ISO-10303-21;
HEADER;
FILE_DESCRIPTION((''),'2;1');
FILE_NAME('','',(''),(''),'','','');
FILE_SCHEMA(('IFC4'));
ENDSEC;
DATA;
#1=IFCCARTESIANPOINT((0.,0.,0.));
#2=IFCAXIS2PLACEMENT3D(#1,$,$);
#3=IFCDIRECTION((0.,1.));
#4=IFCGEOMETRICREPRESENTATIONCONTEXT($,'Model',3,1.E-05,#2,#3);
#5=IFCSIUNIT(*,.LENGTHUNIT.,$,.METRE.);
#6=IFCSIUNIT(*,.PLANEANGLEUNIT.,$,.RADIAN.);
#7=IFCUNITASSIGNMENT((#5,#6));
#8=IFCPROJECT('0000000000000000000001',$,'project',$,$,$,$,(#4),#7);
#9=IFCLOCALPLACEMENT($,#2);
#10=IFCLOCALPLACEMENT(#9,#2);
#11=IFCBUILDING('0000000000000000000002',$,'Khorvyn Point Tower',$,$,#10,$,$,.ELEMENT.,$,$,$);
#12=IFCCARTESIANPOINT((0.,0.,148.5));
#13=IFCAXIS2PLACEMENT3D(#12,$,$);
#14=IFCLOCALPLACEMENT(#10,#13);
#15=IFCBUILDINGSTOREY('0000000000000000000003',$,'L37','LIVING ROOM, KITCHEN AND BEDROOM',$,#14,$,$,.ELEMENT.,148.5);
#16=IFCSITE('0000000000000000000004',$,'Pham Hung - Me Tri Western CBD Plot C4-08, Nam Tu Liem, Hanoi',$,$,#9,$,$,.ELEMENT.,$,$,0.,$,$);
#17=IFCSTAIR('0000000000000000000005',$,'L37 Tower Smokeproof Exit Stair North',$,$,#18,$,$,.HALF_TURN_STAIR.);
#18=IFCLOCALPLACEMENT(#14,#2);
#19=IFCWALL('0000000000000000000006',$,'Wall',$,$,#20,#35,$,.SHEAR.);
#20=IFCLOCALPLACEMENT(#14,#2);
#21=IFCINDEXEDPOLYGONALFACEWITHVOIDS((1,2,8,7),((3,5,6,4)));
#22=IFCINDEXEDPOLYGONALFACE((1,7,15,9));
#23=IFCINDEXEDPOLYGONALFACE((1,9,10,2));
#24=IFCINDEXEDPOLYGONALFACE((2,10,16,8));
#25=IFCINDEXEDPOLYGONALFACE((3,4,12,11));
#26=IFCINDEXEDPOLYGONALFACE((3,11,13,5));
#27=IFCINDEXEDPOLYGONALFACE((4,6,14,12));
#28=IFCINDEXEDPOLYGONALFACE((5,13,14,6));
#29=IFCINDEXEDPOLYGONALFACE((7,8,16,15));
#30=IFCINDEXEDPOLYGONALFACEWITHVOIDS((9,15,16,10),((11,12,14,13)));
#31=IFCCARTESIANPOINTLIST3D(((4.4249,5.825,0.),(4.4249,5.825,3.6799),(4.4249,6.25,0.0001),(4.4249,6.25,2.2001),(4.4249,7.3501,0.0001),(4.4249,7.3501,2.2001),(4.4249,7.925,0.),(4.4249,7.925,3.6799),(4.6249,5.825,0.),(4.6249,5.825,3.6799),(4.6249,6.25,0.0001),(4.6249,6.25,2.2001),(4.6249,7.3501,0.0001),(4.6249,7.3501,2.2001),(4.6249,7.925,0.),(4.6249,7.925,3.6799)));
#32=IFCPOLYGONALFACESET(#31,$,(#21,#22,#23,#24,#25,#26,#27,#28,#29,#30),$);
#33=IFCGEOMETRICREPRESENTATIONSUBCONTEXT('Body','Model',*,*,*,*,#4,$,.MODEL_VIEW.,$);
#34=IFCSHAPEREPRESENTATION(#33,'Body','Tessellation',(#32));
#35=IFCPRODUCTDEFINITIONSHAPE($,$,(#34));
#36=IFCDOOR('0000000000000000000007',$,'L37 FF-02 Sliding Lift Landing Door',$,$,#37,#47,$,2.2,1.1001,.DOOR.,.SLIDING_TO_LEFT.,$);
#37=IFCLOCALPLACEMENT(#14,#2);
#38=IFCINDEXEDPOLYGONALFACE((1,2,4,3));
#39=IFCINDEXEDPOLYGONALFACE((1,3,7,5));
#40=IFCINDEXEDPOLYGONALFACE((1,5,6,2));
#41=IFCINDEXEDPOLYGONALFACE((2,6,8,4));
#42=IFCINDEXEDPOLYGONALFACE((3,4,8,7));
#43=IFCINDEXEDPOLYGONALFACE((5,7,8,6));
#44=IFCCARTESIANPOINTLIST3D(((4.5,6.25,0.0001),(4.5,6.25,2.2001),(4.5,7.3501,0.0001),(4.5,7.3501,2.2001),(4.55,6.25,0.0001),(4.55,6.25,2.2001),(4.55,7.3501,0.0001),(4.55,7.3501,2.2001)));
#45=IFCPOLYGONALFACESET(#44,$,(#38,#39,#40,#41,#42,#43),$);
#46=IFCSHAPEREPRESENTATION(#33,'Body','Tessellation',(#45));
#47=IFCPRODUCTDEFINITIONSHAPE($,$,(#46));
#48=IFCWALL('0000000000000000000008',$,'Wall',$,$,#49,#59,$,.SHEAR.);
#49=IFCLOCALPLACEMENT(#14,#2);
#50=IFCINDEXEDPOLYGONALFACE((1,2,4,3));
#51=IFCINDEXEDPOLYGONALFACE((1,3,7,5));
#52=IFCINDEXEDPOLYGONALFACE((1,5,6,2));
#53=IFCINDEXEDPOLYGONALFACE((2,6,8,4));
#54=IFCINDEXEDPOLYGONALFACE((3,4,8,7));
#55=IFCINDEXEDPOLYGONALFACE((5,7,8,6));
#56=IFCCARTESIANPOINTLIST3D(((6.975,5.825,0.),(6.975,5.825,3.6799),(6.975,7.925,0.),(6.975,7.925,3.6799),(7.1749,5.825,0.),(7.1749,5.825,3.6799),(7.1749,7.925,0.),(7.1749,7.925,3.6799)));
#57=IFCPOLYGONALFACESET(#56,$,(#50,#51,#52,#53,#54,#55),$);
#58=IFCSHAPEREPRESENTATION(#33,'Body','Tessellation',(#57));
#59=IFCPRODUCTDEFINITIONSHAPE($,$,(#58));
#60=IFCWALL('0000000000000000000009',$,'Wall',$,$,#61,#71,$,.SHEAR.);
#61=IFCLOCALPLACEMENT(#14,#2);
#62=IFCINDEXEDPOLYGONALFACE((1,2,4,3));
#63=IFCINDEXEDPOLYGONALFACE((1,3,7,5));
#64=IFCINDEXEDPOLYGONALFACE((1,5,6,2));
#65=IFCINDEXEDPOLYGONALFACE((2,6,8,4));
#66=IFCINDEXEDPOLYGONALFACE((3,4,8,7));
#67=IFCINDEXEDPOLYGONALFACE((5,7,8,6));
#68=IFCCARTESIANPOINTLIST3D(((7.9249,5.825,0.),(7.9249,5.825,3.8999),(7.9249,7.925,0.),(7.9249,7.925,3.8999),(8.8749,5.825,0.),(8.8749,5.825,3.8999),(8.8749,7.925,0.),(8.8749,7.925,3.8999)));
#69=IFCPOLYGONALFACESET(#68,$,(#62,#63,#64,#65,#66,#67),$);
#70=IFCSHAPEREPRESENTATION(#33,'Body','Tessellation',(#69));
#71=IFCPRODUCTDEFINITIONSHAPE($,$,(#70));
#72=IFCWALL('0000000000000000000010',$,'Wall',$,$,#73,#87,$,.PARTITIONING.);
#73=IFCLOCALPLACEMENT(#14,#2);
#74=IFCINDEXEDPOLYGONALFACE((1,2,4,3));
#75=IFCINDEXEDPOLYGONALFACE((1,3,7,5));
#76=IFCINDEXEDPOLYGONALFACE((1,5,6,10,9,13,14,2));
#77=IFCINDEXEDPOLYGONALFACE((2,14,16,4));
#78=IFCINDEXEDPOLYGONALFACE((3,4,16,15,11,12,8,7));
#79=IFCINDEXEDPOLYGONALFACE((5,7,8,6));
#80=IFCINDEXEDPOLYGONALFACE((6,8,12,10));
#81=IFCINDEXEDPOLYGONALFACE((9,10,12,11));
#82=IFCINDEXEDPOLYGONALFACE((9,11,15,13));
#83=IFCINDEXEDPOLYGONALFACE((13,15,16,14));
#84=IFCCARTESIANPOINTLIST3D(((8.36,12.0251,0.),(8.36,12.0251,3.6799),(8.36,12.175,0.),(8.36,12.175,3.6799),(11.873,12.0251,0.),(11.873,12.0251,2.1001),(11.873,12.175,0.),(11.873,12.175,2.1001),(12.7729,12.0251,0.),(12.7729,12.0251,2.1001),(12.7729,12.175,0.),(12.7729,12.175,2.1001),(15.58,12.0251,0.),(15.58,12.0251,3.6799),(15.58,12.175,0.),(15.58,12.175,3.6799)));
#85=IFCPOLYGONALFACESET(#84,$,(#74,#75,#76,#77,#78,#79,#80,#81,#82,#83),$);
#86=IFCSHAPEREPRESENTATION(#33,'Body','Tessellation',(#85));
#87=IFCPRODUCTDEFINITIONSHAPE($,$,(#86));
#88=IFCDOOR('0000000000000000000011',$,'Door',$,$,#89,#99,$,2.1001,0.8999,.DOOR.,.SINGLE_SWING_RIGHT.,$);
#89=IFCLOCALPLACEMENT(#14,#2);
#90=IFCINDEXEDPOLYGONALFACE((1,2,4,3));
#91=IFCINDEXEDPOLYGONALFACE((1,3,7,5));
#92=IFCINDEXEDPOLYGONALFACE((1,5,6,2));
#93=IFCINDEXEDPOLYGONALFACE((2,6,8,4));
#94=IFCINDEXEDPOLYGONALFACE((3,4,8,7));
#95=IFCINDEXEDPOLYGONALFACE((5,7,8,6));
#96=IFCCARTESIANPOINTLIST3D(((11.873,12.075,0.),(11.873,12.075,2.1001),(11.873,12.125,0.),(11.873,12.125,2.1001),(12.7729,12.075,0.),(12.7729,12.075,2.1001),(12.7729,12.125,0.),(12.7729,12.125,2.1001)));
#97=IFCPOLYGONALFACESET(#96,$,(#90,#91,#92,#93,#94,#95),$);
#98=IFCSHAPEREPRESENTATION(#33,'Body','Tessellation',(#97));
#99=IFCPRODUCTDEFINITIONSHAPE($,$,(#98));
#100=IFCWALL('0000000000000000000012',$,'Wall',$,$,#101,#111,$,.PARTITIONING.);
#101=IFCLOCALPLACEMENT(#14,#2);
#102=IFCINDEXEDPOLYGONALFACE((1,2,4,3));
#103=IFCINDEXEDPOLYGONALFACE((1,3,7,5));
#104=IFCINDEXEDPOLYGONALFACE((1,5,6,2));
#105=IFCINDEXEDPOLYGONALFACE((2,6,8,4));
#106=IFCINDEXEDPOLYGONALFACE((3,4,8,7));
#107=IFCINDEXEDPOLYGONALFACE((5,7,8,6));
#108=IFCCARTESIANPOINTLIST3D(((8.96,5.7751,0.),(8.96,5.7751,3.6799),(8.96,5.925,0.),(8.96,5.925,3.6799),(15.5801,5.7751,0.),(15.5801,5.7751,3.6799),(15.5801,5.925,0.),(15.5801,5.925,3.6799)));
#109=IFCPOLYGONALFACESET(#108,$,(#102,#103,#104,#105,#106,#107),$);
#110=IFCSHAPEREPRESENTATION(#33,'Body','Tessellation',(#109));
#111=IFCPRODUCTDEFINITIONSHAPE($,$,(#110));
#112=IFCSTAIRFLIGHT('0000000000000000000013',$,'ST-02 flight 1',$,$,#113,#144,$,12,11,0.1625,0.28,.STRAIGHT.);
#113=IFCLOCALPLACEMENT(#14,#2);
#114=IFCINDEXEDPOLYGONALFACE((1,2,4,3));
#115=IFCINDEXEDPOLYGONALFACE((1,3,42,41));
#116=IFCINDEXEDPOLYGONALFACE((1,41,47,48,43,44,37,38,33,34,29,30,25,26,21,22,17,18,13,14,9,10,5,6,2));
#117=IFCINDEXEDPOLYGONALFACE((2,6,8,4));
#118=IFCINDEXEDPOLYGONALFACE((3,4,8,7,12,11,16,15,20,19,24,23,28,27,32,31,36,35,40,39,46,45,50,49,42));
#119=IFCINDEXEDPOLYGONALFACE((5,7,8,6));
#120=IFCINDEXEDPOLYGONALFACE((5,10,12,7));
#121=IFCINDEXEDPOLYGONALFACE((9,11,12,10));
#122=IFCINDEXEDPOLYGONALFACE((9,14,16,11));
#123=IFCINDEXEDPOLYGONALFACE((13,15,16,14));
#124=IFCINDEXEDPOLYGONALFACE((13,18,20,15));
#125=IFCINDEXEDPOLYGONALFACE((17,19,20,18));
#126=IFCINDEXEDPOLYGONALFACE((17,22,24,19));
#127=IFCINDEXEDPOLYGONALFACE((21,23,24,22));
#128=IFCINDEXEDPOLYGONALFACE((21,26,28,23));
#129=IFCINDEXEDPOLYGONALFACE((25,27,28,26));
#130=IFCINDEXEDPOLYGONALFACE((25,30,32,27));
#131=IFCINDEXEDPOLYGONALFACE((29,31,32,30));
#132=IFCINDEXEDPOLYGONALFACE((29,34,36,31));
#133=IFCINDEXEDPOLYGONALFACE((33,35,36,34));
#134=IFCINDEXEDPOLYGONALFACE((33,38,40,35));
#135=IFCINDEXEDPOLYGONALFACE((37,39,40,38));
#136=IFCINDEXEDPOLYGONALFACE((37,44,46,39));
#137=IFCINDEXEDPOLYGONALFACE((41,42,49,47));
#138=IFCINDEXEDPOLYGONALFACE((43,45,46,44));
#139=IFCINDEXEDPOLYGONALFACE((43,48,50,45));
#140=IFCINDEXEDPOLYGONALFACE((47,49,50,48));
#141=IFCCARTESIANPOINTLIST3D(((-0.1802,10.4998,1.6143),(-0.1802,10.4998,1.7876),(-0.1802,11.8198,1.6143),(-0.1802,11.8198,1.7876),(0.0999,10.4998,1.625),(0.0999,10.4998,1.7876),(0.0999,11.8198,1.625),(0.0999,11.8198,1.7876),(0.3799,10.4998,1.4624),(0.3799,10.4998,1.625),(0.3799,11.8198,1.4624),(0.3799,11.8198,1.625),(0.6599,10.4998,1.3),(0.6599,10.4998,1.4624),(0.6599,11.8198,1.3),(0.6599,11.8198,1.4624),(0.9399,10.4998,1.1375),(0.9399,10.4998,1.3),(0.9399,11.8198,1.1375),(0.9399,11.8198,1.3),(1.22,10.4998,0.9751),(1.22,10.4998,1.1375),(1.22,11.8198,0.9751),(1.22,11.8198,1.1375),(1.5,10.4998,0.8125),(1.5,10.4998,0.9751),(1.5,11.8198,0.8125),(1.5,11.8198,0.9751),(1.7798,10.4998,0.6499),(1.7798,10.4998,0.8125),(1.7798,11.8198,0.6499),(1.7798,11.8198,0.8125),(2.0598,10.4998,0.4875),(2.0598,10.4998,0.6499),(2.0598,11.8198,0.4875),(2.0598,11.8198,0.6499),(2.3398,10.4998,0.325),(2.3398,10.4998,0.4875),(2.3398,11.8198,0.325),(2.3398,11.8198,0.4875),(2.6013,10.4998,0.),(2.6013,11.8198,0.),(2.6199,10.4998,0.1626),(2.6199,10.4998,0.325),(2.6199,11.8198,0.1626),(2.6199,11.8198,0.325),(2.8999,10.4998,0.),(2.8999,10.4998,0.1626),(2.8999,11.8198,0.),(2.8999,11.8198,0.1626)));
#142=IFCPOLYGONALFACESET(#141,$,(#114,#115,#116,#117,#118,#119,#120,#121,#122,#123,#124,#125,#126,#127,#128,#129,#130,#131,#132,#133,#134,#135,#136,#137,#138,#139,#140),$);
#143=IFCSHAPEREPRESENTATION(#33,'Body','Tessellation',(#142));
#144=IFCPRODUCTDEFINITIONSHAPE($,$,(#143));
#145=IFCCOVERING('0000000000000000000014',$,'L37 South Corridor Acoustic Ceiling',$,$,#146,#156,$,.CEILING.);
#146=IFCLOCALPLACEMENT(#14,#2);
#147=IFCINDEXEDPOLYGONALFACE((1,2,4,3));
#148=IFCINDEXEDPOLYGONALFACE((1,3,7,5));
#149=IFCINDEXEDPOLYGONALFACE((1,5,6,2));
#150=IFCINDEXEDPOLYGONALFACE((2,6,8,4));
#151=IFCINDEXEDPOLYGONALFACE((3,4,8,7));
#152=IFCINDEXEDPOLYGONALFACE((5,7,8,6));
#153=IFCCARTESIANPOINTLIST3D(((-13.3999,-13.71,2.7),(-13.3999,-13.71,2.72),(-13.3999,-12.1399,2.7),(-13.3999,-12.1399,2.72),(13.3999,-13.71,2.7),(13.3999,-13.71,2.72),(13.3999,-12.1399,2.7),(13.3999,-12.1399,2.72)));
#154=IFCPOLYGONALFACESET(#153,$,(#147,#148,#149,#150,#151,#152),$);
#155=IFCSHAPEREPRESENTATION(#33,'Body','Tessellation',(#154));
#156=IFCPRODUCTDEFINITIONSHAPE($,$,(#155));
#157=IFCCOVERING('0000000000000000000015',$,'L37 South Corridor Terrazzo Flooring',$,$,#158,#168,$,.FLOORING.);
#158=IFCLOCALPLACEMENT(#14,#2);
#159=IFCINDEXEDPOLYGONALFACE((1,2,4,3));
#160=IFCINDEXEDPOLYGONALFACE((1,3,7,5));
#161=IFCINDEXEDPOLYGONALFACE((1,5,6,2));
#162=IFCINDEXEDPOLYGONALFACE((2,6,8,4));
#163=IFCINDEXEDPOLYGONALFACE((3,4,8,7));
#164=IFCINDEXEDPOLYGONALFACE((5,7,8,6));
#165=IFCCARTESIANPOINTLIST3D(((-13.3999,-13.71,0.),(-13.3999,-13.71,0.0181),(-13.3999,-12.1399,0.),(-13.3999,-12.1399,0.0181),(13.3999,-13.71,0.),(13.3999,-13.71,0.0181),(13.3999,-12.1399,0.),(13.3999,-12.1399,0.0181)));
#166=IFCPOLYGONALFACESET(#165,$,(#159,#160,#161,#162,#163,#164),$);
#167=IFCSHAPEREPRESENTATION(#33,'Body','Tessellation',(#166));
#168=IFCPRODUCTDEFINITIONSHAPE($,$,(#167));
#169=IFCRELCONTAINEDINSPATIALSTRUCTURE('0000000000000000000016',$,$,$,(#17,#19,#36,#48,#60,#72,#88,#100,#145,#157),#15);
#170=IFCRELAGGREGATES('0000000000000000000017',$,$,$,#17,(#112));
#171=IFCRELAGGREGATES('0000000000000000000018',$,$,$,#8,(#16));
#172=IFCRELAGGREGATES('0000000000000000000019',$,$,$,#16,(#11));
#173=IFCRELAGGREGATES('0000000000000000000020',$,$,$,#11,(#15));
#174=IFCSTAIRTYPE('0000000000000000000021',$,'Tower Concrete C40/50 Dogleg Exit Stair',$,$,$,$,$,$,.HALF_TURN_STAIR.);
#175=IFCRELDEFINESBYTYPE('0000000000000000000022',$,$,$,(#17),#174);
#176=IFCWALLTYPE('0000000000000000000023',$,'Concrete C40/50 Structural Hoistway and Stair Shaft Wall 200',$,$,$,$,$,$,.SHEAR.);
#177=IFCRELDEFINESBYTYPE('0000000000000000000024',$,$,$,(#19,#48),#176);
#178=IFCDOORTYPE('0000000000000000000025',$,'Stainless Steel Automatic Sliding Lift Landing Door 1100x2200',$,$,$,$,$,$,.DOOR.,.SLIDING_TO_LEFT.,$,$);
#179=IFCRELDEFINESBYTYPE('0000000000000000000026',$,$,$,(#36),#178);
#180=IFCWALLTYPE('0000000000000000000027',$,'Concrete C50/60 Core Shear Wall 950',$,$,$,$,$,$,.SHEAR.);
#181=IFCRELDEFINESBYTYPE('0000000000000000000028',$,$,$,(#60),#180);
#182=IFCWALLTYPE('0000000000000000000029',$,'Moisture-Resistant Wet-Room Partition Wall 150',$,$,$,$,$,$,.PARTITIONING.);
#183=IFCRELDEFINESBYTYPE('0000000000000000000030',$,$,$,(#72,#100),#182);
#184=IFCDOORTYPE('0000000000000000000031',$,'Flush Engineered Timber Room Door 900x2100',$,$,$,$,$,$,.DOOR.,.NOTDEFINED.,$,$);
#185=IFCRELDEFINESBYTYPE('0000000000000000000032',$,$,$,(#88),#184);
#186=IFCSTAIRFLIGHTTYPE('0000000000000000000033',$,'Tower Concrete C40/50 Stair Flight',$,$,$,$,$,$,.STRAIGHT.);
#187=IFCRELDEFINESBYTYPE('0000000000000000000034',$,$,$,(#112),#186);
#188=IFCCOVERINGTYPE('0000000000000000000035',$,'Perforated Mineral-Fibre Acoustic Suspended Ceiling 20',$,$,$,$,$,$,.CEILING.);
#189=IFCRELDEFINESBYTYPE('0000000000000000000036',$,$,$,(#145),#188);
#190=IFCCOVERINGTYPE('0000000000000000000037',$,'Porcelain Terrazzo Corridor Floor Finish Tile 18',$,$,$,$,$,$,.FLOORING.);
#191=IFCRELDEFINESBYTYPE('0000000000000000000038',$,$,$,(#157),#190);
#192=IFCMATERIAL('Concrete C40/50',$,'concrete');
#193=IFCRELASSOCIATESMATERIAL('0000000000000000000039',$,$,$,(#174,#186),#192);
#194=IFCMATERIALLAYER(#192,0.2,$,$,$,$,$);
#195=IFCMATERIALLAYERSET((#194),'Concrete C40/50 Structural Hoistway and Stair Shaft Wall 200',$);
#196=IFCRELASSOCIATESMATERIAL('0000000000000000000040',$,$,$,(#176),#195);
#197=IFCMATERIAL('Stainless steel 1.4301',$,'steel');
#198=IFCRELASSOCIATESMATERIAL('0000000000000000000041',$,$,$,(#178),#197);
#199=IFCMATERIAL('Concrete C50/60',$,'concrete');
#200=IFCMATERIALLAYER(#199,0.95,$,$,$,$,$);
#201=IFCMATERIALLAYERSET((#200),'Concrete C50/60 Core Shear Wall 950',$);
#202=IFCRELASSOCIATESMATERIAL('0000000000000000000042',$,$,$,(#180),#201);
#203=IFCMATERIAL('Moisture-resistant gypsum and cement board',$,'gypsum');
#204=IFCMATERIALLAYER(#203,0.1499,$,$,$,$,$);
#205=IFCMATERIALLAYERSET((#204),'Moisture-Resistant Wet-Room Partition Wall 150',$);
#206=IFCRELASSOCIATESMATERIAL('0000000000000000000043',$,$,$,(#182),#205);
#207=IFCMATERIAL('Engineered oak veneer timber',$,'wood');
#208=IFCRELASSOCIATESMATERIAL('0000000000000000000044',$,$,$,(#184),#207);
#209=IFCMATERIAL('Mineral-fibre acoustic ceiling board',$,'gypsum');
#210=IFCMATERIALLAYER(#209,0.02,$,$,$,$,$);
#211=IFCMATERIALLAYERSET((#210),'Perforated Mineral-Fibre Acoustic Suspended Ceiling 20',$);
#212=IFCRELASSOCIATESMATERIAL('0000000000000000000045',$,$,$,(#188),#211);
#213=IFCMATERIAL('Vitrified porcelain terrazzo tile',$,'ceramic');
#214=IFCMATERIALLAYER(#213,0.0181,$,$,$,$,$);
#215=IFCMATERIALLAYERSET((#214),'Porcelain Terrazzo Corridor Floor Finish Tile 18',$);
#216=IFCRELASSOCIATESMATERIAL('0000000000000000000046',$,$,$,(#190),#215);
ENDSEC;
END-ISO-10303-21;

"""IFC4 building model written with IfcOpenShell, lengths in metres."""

from ifc_helpers import new_model, si_unit, direction, frame, frame_2d, origin, place, context, subcontext, project, spatial, polyline, rectangle, outline, extrude, material, layer, layer_set, type_object, element, fill, aggregate, save


model = new_model("IFC4")

# Units and contexts
model_context = context("Model", 3, precision=1e-05, world=origin(), true_north=direction((0.0, 1.0)))
body_context = subcontext(model_context, "Body", "Model", "MODEL_VIEW")
ifc_project = project(units=[si_unit("LENGTHUNIT", "METRE"), si_unit("PLANEANGLEUNIT", "RADIAN")], contexts=[model_context])

# Site, building, storey
site_placement = place(None, origin())
site = spatial("IfcSite", under=ifc_project, at=site_placement, Name="Pham Hung - Me Tri Western CBD Plot C4-08, Nam Tu Liem, Hanoi", CompositionType="ELEMENT", RefElevation=0.0)
building_placement = place(site_placement, origin())
building = spatial("IfcBuilding", under=site, at=building_placement, Name="Khorvyn Point Tower", CompositionType="ELEMENT")
storey_placement = place(building_placement, frame((0.0, 0.0, 148.5)))
storey = spatial("IfcBuildingStorey", under=building, at=storey_placement, Name="L37", Description="LIVING ROOM, KITCHEN AND BEDROOM", CompositionType="ELEMENT", Elevation=148.5)

# Shared definitions
ifc_material_1 = material(Name="Concrete C40/50", Category="concrete")
ifc_material_2 = material(Name="Concrete C50/60", Category="concrete")

# Stair
stair_type = type_object("IfcStairType", Name="Tower Concrete C40/50 Dogleg Exit Stair", PredefinedType="HALF_TURN_STAIR", material=ifc_material_1)
stair_1_placement = place(storey_placement, origin())
stair_1 = element("IfcStair", 1, at=stair_1_placement, inside=storey, type_object=stair_type, Name="L37 Tower Smokeproof Exit Stair North", PredefinedType="HALF_TURN_STAIR")

# Wall, opening, door
ifc_layer_1 = layer(ifc_material_1, 0.2)
ifc_layer_set_1 = layer_set([ifc_layer_1], Name="Concrete C40/50 Structural Hoistway and Stair Shaft Wall 200")
wall_type_1 = type_object("IfcWallType", Name="Concrete C40/50 Structural Hoistway and Stair Shaft Wall 200", PredefinedType="SHEAR", material=ifc_layer_set_1)
ifc_material_3 = material(Name="Stainless steel 1.4301", Category="steel")
door_type_1 = type_object("IfcDoorType", Name="Stainless Steel Automatic Sliding Lift Landing Door 1100x2200", OperationType="SLIDING_TO_LEFT", PredefinedType="DOOR", material=ifc_material_3)
wall_1_placement = place(storey_placement, frame((4.5249, 5.825, 0.0), z_axis=(0.0, 0.0, 1.0), x_axis=(0.0, 1.0, 0.0)))
wall_1 = element("IfcWall", 2, at=wall_1_placement, inside=storey, type_object=wall_type_1, Name="Wall", PredefinedType="SHEAR", context=body_context, shape_type="SweptSolid", body=[
    extrude(rectangle(XDim=2.1001, YDim=0.2, at=frame_2d((1.05, 0.0))), origin(), (0.0, 0.0, 1.0), 3.6799),
])
opening_1_placement = place(wall_1_placement, frame((0.425, 0.0, 0.0)))
opening_1 = element("IfcOpeningElement", 3, at=opening_1_placement, cuts=wall_1, PredefinedType="OPENING", context=body_context, shape_type="SweptSolid", body=[
    extrude(rectangle(XDim=1.1001, YDim=2.2, at=frame_2d((0.55, 1.1001))), frame((0.0, 0.1099, 0.0), z_axis=(0.0, -1.0, 0.0), x_axis=(1.0, 0.0, 0.0)), (0.0, 0.0, 1.0), 0.22),
])
door_1_placement = place(opening_1_placement, origin())
door_1 = element("IfcDoor", 4, at=door_1_placement, inside=storey, type_object=door_type_1, Name="L37 FF-02 Sliding Lift Landing Door", OperationType="SLIDING_TO_LEFT", OverallHeight=2.2, OverallWidth=1.1001, PredefinedType="DOOR", context=body_context, shape_type="SweptSolid", body=[
    extrude(rectangle(XDim=1.1001, YDim=2.2, at=frame_2d((0.55, 1.1001))), frame((0.0, 0.0249, 0.0), z_axis=(0.0, -1.0, 0.0), x_axis=(1.0, 0.0, 0.0)), (0.0, 0.0, 1.0), 0.05),
])
fill(opening_1, door_1)

# Walls
wall_2_placement = place(storey_placement, frame((7.075, 5.825, 0.0), z_axis=(0.0, 0.0, 1.0), x_axis=(0.0, 1.0, 0.0)))
element("IfcWall", 5, at=wall_2_placement, inside=storey, type_object=wall_type_1, Name="Wall", PredefinedType="SHEAR", context=body_context, shape_type="SweptSolid", body=[
    extrude(rectangle(XDim=2.1001, YDim=0.2, at=frame_2d((1.05, 0.0))), origin(), (0.0, 0.0, 1.0), 3.6799),
])
ifc_layer_2 = layer(ifc_material_2, 0.95)
ifc_layer_set_2 = layer_set([ifc_layer_2], Name="Concrete C50/60 Core Shear Wall 950")
wall_type_2 = type_object("IfcWallType", Name="Concrete C50/60 Core Shear Wall 950", PredefinedType="SHEAR", material=ifc_layer_set_2)
wall_3_placement = place(storey_placement, frame((8.3999, 5.825, 0.0), z_axis=(0.0, 0.0, 1.0), x_axis=(0.0, 1.0, 0.0)))
element("IfcWall", 6, at=wall_3_placement, inside=storey, type_object=wall_type_2, Name="Wall", PredefinedType="SHEAR", context=body_context, shape_type="SweptSolid", body=[
    extrude(rectangle(XDim=2.1001, YDim=0.95, at=frame_2d((1.05, 0.0))), origin(), (0.0, 0.0, 1.0), 3.8999),
])

# Wall, opening, door
ifc_material_4 = material(Name="Moisture-resistant gypsum and cement board", Category="gypsum")
ifc_layer_3 = layer(ifc_material_4, 0.1499)
ifc_layer_set_3 = layer_set([ifc_layer_3], Name="Moisture-Resistant Wet-Room Partition Wall 150")
wall_type_3 = type_object("IfcWallType", Name="Moisture-Resistant Wet-Room Partition Wall 150", PredefinedType="PARTITIONING", material=ifc_layer_set_3)
wall_4_placement = place(storey_placement, frame((8.3601, 12.1001, 0.0), z_axis=(0.0, 0.0, 1.0), x_axis=(1.0, 0.0, 0.0)))
wall_4 = element("IfcWall", 7, at=wall_4_placement, inside=storey, type_object=wall_type_3, Name="Wall", PredefinedType="PARTITIONING", context=body_context, shape_type="SweptSolid", body=[
    extrude(rectangle(XDim=7.22, YDim=0.1499, at=frame_2d((3.6099, 0.0))), origin(), (0.0, 0.0, 1.0), 3.6799),
])
opening_2_placement = place(wall_4_placement, frame((3.5129, 0.0, 0.0)))
opening_2 = element("IfcOpeningElement", 8, at=opening_2_placement, cuts=wall_4, PredefinedType="OPENING", context=body_context, shape_type="SweptSolid", body=[
    extrude(rectangle(XDim=0.8999, YDim=2.1001, at=frame_2d((0.45, 1.05))), frame((0.0, 0.085, 0.0), z_axis=(0.0, -1.0, 0.0), x_axis=(1.0, 0.0, 0.0)), (0.0, 0.0, 1.0), 0.1699),
])
ifc_material_5 = material(Name="Engineered oak veneer timber", Category="wood")
door_type_2 = type_object("IfcDoorType", Name="Flush Engineered Timber Room Door 900x2100", OperationType="NOTDEFINED", PredefinedType="DOOR", material=ifc_material_5)
door_2_placement = place(opening_2_placement, origin())
door_2 = element("IfcDoor", 9, at=door_2_placement, inside=storey, type_object=door_type_2, Name="Door", OperationType="SINGLE_SWING_RIGHT", OverallHeight=2.1001, OverallWidth=0.8999, PredefinedType="DOOR", context=body_context, shape_type="SweptSolid", body=[
    extrude(rectangle(XDim=0.8999, YDim=2.1001, at=frame_2d((0.45, 1.05))), frame((0.0, 0.0249, 0.0), z_axis=(0.0, -1.0, 0.0), x_axis=(1.0, 0.0, 0.0)), (0.0, 0.0, 1.0), 0.05),
])
fill(opening_2, door_2)

# Wall
wall_5_placement = place(storey_placement, frame((8.96, 5.8501, 0.0), z_axis=(0.0, 0.0, 1.0), x_axis=(1.0, 0.0, 0.0)))
element("IfcWall", 10, at=wall_5_placement, inside=storey, type_object=wall_type_3, Name="Wall", PredefinedType="PARTITIONING", context=body_context, shape_type="SweptSolid", body=[
    extrude(rectangle(XDim=6.6201, YDim=0.1499, at=frame_2d((3.3101, 0.0))), origin(), (0.0, 0.0, 1.0), 3.6799),
])

# Stair flight
stair_flight_type = type_object("IfcStairFlightType", Name="Tower Concrete C40/50 Stair Flight", PredefinedType="STRAIGHT", material=ifc_material_1)
stair_flight_placement = place(storey_placement, frame((2.8999, 11.1599, 0.0), z_axis=(0.0, 0.0, 1.0), x_axis=(-1.0, 0.0, 0.0)))
stair_flight = element("IfcStairFlight", 11, at=stair_flight_placement, type_object=stair_flight_type, Name="ST-02 flight 1", NumberOfRisers=12, NumberOfTreads=11, PredefinedType="STRAIGHT", RiserHeight=0.1625, TreadLength=0.28, context=body_context, shape_type="SweptSolid", body=[
    extrude(outline(polyline([(0.0, 0.0), (0.0, 0.1626), (0.28, 0.1626), (0.28, 0.325), (0.5601, 0.325), (0.5601, 0.4875), (0.8401, 0.4875), (0.8401, 0.6499), (1.1201, 0.6499), (1.1201, 0.8125), (1.3999, 0.8125), (1.3999, 0.9751), (1.6799, 0.9751), (1.6799, 1.1375), (1.96, 1.1375), (1.96, 1.3), (2.24, 1.3), (2.24, 1.4624), (2.52, 1.4624), (2.52, 1.625), (2.8, 1.625), (2.8, 1.7876), (3.0801, 1.7876), (3.0801, 1.95), (3.0801, 1.6143), (0.2986, 0.0), (0.0, 0.0)])), frame((0.0, 0.6602, 0.0), z_axis=(0.0, -1.0, 0.0), x_axis=(1.0, 0.0, 0.0)), (0.0, 0.0, 1.0), 1.3201),
])
aggregate(stair_1, [stair_flight])

# Coverings
ifc_material_6 = material(Name="Mineral-fibre acoustic ceiling board", Category="gypsum")
ifc_layer_4 = layer(ifc_material_6, 0.02)
ifc_layer_set_4 = layer_set([ifc_layer_4], Name="Perforated Mineral-Fibre Acoustic Suspended Ceiling 20")
covering_type_1 = type_object("IfcCoveringType", Name="Perforated Mineral-Fibre Acoustic Suspended Ceiling 20", PredefinedType="CEILING", material=ifc_layer_set_4)
covering_1_placement = place(storey_placement, frame((0.0, 0.0, 2.7)))
element("IfcCovering", 12, at=covering_1_placement, inside=storey, type_object=covering_type_1, Name="L37 South Corridor Acoustic Ceiling", PredefinedType="CEILING", context=body_context, shape_type="SweptSolid", body=[
    extrude(outline(polyline([(-13.3999, -13.71), (13.3999, -13.71), (13.3999, -12.1399), (-13.3999, -12.1399), (-13.3999, -13.71)])), origin(), (0.0, 0.0, 1.0), 0.02),
])
ifc_material_7 = material(Name="Vitrified porcelain terrazzo tile", Category="ceramic")
ifc_layer_5 = layer(ifc_material_7, 0.0181)
ifc_layer_set_5 = layer_set([ifc_layer_5], Name="Porcelain Terrazzo Corridor Floor Finish Tile 18")
covering_type_2 = type_object("IfcCoveringType", Name="Porcelain Terrazzo Corridor Floor Finish Tile 18", PredefinedType="FLOORING", material=ifc_layer_set_5)
covering_2_placement = place(storey_placement, origin())
element("IfcCovering", 13, at=covering_2_placement, inside=storey, type_object=covering_type_2, Name="L37 South Corridor Terrazzo Flooring", PredefinedType="FLOORING", context=body_context, shape_type="SweptSolid", body=[
    extrude(outline(polyline([(-13.3999, -13.71), (13.3999, -13.71), (13.3999, -12.1399), (-13.3999, -12.1399), (-13.3999, -13.71)])), origin(), (0.0, 0.0, 1.0), 0.0181),
])

save(model, "model.ifc")
